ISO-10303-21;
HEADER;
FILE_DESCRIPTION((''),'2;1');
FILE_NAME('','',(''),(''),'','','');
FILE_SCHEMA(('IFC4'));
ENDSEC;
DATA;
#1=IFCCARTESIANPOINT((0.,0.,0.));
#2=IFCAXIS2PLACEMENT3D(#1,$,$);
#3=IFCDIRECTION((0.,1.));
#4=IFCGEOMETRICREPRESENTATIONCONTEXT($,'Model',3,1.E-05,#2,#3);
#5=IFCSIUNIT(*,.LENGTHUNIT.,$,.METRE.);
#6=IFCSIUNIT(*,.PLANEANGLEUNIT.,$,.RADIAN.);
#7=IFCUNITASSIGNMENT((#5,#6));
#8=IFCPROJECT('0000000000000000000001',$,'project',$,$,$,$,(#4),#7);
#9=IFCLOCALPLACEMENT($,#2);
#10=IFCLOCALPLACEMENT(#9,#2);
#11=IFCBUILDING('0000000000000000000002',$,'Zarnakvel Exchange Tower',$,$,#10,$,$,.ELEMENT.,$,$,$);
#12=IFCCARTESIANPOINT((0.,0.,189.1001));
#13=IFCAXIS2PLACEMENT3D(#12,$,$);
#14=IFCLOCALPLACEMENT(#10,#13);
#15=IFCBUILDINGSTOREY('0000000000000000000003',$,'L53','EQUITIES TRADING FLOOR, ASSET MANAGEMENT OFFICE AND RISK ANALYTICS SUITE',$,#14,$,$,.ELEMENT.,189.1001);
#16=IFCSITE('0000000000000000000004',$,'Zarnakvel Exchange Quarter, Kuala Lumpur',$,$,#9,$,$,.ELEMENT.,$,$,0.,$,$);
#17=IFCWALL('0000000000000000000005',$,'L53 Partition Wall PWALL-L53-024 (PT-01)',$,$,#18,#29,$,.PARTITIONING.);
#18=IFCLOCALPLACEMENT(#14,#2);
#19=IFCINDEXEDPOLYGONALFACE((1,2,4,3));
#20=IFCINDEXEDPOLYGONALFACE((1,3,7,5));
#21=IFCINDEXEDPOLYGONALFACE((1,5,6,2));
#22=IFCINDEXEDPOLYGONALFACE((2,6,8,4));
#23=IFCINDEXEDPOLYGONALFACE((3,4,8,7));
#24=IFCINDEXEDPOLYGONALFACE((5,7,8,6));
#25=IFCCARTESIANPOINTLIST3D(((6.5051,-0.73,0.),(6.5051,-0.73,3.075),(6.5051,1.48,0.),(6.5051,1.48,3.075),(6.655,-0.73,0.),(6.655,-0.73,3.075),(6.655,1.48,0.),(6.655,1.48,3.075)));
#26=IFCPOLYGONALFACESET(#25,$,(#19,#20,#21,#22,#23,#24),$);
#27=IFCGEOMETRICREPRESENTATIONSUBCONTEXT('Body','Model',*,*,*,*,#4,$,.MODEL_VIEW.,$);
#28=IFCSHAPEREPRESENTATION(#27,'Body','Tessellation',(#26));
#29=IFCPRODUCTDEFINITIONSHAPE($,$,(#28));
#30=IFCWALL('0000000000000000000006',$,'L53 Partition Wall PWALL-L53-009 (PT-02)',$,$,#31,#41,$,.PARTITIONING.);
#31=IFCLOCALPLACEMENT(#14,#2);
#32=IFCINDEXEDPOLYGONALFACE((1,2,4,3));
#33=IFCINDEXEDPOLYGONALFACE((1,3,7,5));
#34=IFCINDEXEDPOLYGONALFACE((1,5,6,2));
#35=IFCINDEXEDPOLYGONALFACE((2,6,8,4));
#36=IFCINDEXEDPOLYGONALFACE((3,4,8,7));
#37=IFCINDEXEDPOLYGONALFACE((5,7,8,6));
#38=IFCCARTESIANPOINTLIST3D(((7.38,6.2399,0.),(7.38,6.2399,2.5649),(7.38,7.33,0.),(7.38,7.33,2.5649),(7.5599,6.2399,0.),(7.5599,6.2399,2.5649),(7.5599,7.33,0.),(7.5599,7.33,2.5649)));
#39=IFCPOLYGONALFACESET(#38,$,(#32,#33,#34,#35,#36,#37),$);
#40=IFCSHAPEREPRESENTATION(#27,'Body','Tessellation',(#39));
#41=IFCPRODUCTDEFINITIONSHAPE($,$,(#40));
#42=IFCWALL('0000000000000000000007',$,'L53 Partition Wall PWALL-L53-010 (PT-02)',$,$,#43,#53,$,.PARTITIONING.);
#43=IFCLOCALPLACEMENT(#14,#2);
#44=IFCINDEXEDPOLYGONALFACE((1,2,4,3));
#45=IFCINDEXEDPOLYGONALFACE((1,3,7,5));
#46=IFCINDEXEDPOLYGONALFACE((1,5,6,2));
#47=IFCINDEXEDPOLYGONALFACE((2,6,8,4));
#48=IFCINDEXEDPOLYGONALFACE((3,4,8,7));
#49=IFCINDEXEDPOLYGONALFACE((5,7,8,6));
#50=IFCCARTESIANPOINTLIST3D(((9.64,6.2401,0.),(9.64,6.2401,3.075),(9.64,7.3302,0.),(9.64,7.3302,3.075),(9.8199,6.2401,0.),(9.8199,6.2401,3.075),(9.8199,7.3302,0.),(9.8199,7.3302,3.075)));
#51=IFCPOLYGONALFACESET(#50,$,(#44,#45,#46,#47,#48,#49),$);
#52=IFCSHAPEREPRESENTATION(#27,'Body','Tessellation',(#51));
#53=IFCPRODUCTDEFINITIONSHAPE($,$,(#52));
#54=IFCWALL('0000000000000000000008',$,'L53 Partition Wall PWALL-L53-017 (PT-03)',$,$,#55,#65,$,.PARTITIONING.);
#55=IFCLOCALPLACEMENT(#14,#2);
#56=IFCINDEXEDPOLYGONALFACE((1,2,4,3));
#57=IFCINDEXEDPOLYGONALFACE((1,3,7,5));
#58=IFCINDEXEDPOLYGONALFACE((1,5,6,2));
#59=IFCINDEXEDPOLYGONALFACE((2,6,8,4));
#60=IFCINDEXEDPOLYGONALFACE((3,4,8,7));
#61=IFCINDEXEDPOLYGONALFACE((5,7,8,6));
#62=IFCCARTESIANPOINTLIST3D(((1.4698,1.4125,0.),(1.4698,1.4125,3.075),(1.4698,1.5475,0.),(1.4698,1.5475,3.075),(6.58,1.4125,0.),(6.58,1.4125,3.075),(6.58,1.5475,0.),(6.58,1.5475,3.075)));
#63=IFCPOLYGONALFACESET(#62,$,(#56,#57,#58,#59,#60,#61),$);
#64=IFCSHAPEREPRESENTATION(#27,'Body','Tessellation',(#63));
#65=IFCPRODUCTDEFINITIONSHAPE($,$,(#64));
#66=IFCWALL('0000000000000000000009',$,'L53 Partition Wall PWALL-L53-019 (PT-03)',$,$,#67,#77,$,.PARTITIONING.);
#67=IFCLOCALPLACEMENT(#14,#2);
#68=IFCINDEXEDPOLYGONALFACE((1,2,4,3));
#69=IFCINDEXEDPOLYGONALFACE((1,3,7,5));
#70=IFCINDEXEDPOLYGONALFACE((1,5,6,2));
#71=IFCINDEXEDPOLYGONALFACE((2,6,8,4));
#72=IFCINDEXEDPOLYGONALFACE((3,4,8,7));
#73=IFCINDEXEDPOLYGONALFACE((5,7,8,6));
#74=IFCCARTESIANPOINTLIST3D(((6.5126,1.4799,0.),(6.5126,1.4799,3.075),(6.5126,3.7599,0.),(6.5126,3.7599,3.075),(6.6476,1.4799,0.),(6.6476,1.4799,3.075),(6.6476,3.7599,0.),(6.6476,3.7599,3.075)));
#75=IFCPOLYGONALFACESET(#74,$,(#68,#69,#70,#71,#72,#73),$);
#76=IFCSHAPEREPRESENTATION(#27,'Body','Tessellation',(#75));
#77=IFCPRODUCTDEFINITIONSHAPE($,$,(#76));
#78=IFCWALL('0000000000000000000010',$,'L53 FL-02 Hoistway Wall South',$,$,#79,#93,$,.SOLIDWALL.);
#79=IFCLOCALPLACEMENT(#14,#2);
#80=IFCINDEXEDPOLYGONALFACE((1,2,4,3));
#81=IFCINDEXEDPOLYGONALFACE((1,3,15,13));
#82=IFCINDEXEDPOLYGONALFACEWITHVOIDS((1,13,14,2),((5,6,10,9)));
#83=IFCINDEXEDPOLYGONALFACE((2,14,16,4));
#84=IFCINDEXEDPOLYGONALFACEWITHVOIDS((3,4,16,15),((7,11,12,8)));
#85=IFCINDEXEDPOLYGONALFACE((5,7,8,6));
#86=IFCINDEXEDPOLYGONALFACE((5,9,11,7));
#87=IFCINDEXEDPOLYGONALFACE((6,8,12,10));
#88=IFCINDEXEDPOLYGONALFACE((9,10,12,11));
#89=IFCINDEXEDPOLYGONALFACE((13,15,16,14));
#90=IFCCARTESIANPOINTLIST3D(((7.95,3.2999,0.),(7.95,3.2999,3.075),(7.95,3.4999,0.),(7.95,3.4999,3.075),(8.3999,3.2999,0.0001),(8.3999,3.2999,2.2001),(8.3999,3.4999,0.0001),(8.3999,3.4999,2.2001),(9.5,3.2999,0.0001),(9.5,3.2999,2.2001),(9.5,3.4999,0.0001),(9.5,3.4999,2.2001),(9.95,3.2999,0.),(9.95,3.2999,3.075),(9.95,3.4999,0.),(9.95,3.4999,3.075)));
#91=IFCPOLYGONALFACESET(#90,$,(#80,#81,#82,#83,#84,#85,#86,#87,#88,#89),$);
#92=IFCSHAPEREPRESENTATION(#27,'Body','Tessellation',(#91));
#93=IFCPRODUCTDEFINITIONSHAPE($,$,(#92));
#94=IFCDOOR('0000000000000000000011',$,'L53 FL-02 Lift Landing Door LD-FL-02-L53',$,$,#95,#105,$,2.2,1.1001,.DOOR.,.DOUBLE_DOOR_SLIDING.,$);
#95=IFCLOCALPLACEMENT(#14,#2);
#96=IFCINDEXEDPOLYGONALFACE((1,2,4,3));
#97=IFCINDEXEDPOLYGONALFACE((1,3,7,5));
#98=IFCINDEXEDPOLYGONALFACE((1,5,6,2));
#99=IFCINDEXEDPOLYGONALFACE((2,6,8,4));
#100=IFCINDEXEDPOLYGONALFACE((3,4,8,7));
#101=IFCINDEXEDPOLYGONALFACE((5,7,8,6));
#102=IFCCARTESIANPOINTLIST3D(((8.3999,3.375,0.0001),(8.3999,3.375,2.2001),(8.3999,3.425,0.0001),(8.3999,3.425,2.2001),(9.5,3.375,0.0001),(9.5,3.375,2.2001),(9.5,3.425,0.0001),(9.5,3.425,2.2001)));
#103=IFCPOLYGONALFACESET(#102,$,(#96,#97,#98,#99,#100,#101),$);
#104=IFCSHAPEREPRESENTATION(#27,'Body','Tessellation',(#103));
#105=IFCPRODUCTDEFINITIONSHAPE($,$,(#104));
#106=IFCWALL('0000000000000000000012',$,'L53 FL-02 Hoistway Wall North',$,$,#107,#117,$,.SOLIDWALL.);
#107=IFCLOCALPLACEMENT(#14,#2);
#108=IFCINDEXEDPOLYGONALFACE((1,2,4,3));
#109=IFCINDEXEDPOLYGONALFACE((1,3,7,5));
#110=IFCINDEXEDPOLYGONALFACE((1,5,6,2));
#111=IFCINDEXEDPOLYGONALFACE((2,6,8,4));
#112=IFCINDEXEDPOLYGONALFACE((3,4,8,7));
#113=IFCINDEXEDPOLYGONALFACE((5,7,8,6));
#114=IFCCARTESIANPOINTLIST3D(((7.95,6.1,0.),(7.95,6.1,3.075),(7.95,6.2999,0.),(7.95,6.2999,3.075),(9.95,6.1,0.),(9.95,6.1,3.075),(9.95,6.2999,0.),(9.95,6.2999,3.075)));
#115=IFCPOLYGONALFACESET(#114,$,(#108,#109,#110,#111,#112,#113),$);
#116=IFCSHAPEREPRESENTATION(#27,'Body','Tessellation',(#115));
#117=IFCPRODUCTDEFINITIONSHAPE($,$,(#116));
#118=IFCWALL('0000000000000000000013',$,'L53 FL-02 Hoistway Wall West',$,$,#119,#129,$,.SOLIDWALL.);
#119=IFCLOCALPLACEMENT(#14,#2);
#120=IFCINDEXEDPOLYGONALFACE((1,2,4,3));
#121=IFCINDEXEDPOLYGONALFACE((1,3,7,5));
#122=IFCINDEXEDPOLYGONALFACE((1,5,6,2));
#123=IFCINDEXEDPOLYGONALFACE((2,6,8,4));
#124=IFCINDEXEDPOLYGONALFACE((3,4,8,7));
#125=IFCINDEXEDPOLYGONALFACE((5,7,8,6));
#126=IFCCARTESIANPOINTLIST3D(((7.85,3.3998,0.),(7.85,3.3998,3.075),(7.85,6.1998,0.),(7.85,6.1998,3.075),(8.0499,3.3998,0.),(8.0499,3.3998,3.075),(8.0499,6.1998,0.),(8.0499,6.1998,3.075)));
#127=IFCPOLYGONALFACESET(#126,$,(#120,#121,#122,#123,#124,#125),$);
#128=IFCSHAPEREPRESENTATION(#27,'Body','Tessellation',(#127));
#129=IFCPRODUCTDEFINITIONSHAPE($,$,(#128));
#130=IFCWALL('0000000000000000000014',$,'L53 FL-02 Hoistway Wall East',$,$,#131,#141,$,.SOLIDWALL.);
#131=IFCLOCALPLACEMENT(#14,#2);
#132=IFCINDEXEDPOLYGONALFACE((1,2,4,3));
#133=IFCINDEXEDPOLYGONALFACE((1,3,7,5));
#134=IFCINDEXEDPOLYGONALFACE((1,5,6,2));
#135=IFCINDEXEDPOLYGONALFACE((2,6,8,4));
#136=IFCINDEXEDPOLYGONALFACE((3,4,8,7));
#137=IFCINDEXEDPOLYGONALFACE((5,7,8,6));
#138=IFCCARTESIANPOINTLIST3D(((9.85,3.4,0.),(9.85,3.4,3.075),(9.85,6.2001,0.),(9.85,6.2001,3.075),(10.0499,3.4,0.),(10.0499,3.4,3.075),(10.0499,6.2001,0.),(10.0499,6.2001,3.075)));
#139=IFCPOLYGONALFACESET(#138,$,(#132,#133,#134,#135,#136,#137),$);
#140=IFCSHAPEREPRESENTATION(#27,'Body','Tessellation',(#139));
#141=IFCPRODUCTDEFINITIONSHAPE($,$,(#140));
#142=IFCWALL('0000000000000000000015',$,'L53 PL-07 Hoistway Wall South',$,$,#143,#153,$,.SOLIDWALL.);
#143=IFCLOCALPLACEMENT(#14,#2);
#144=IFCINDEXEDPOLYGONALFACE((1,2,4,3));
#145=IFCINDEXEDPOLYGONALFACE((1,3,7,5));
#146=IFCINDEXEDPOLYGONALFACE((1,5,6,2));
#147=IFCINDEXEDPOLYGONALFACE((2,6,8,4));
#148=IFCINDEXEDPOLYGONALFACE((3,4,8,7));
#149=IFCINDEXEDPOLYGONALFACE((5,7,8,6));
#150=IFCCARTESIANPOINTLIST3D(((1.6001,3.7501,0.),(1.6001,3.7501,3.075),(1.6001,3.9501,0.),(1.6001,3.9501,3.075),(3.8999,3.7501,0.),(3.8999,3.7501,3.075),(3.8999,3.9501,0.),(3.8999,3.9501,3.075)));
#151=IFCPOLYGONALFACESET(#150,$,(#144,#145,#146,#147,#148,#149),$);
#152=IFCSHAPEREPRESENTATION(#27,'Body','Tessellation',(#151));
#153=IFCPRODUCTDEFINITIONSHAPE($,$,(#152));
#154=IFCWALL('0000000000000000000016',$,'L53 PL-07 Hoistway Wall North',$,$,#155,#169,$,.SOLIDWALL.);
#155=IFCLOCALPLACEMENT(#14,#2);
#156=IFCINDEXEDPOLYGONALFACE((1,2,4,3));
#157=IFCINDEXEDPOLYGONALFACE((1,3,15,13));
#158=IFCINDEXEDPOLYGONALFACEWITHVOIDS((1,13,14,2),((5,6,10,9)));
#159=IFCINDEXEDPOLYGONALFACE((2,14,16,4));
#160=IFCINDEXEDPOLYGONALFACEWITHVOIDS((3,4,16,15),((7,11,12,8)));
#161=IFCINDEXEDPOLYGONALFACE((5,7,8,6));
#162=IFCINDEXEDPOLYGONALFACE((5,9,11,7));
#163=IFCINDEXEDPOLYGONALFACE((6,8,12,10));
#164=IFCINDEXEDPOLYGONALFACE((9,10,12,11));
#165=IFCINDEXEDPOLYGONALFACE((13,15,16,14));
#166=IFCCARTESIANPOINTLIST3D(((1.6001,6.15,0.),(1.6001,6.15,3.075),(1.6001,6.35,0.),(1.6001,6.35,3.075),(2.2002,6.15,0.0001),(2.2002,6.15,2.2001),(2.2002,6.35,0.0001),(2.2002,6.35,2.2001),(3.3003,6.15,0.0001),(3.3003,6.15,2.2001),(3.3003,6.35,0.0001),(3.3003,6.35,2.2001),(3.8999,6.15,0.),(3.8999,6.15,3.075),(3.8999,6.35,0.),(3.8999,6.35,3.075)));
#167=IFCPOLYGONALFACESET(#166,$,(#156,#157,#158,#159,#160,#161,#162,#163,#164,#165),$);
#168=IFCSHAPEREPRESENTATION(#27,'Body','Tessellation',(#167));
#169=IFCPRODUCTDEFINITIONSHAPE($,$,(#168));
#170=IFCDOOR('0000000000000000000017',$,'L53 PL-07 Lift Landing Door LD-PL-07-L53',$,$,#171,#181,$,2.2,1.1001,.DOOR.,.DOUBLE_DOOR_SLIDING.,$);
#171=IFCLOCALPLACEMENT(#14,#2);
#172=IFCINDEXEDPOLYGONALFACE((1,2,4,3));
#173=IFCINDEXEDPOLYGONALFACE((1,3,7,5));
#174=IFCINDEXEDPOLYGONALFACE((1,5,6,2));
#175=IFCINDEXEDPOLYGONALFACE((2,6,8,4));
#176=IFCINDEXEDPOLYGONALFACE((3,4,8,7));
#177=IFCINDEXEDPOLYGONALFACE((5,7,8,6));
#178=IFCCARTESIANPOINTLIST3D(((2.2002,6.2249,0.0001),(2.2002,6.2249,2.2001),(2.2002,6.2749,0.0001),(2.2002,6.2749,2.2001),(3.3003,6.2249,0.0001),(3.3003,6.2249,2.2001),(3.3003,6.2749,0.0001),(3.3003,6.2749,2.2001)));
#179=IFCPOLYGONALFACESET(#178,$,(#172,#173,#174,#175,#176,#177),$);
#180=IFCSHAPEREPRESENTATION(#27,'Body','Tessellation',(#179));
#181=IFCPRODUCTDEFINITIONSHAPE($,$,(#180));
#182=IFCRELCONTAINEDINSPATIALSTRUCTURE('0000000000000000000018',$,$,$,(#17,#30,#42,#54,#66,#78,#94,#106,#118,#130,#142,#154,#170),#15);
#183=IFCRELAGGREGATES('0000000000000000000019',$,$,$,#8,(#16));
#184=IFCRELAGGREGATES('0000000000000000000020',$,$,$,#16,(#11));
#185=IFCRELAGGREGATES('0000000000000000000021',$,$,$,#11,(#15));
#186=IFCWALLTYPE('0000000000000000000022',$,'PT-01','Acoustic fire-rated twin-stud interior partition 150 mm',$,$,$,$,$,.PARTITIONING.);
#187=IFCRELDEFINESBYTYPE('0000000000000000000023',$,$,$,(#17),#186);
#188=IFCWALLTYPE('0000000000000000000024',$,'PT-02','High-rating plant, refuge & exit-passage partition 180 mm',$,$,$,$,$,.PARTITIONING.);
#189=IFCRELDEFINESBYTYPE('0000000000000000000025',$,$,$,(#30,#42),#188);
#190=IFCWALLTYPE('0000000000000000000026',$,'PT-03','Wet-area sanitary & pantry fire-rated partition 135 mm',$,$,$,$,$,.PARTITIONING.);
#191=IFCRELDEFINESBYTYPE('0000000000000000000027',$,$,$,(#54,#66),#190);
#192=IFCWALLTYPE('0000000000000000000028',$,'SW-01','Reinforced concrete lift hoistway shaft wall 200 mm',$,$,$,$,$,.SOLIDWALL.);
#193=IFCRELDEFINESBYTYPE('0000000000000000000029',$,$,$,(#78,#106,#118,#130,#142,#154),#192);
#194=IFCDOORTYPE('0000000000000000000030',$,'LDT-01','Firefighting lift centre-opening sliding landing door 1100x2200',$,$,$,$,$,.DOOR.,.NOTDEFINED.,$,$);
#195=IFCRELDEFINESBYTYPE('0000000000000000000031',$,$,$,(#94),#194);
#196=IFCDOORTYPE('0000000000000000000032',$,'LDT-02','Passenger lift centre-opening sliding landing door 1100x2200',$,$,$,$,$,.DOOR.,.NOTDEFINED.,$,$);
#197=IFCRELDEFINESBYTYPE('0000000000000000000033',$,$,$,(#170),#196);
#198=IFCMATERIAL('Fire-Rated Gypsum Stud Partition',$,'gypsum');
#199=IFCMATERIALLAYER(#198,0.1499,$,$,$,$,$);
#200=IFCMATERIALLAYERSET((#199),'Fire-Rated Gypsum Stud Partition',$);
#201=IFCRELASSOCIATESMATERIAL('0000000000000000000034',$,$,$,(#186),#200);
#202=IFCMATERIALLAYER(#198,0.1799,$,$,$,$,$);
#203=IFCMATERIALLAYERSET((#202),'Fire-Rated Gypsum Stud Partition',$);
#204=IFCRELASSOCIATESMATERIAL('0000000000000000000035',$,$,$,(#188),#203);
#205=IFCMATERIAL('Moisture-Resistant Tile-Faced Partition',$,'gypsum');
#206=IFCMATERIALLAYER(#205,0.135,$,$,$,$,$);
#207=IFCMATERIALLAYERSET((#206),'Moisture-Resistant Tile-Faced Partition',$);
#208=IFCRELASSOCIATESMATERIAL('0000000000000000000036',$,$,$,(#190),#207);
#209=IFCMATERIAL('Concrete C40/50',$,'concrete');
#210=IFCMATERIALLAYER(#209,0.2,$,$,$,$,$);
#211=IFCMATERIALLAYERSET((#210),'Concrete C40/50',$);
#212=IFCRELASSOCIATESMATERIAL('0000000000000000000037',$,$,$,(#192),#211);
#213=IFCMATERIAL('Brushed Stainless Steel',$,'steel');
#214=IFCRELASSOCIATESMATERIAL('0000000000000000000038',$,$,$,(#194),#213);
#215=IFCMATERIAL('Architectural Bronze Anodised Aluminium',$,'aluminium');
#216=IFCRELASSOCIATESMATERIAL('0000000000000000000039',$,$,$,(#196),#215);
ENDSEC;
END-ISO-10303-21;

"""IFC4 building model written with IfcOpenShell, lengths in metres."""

from ifc_helpers import new_model, si_unit, direction, frame, frame_2d, origin, place, context, subcontext, project, spatial, rectangle, extrude, source, transform, mapped, material, layer, layer_set, type_object, element, fill, save


model = new_model("IFC4")

# Units and contexts
model_context = context("Model", 3, precision=1e-05, world=origin(), true_north=direction((0.0, 1.0)))
body_context = subcontext(model_context, "Body", "Model", "MODEL_VIEW")
ifc_project = project(units=[si_unit("LENGTHUNIT", "METRE"), si_unit("PLANEANGLEUNIT", "RADIAN")], contexts=[model_context])

# Site, building, storey
site_placement = place(None, origin())
site = spatial("IfcSite", under=ifc_project, at=site_placement, Name="Zarnakvel Exchange Quarter, Kuala Lumpur", CompositionType="ELEMENT", RefElevation=0.0)
building_placement = place(site_placement, origin())
building = spatial("IfcBuilding", under=site, at=building_placement, Name="Zarnakvel Exchange Tower", CompositionType="ELEMENT")
storey_placement = place(building_placement, frame((0.0, 0.0, 189.1001)))
storey = spatial("IfcBuildingStorey", under=building, at=storey_placement, Name="L53", Description="EQUITIES TRADING FLOOR, ASSET MANAGEMENT OFFICE AND RISK ANALYTICS SUITE", CompositionType="ELEMENT", Elevation=189.1001)

# Walls
ifc_material_1 = material(Name="Fire-Rated Gypsum Stud Partition", Category="gypsum")
ifc_layer_1 = layer(ifc_material_1, 0.1499)
ifc_layer_set_1 = layer_set([ifc_layer_1], Name="Fire-Rated Gypsum Stud Partition")
wall_type_1 = type_object("IfcWallType", Name="PT-01", Description="Acoustic fire-rated twin-stud interior partition 150 mm", PredefinedType="PARTITIONING", material=ifc_layer_set_1)
wall_1_placement = place(storey_placement, frame((6.5801, 1.48, 0.0), z_axis=(0.0, 0.0, 1.0), x_axis=(0.0, -1.0, 0.0)))
element("IfcWall", 1, at=wall_1_placement, inside=storey, type_object=wall_type_1, Name="L53 Partition Wall PWALL-L53-024 (PT-01)", PredefinedType="PARTITIONING", context=body_context, shape_type="SweptSolid", body=[
    extrude(rectangle(XDim=2.21, YDim=0.1499, at=frame_2d((1.105, 0.0))), origin(), (0.0, 0.0, 1.0), 3.075),
])
ifc_layer_2 = layer(ifc_material_1, 0.1799)
ifc_layer_set_2 = layer_set([ifc_layer_2], Name="Fire-Rated Gypsum Stud Partition")
wall_type_2 = type_object("IfcWallType", Name="PT-02", Description="High-rating plant, refuge & exit-passage partition 180 mm", PredefinedType="PARTITIONING", material=ifc_layer_set_2)
wall_2_placement = place(storey_placement, frame((7.47, 6.24, 0.0), z_axis=(0.0, 0.0, 1.0), x_axis=(0.0, 1.0, 0.0)))
element("IfcWall", 2, at=wall_2_placement, inside=storey, type_object=wall_type_2, Name="L53 Partition Wall PWALL-L53-009 (PT-02)", PredefinedType="PARTITIONING", context=body_context, shape_type="SweptSolid", body=[
    extrude(rectangle(XDim=1.0901, YDim=0.1799, at=frame_2d((0.5449, 0.0))), origin(), (0.0, 0.0, 1.0), 2.5649),
])
wall_3_placement = place(storey_placement, frame((9.73, 7.3301, 0.0), z_axis=(0.0, 0.0, 1.0), x_axis=(0.0, -1.0, 0.0)))
element("IfcWall", 3, at=wall_3_placement, inside=storey, type_object=wall_type_2, Name="L53 Partition Wall PWALL-L53-010 (PT-02)", PredefinedType="PARTITIONING", context=body_context, shape_type="SweptSolid", body=[
    extrude(rectangle(XDim=1.0901, YDim=0.1799, at=frame_2d((0.5449, 0.0))), origin(), (0.0, 0.0, 1.0), 3.075),
])
ifc_material_2 = material(Name="Moisture-Resistant Tile-Faced Partition", Category="gypsum")
ifc_layer_3 = layer(ifc_material_2, 0.135)
ifc_layer_set_3 = layer_set([ifc_layer_3], Name="Moisture-Resistant Tile-Faced Partition")
wall_type_3 = type_object("IfcWallType", Name="PT-03", Description="Wet-area sanitary & pantry fire-rated partition 135 mm", PredefinedType="PARTITIONING", material=ifc_layer_set_3)
wall_4_placement = place(storey_placement, frame((6.5801, 1.48, 0.0), z_axis=(0.0, 0.0, 1.0), x_axis=(-1.0, 0.0, 0.0)))
element("IfcWall", 4, at=wall_4_placement, inside=storey, type_object=wall_type_3, Name="L53 Partition Wall PWALL-L53-017 (PT-03)", PredefinedType="PARTITIONING", context=body_context, shape_type="SweptSolid", body=[
    extrude(rectangle(XDim=5.1101, YDim=0.135, at=frame_2d((2.5552, 0.0))), origin(), (0.0, 0.0, 1.0), 3.075),
])
wall_5_placement = place(storey_placement, frame((6.5801, 3.76, 0.0), z_axis=(0.0, 0.0, 1.0), x_axis=(0.0, -1.0, 0.0)))
element("IfcWall", 5, at=wall_5_placement, inside=storey, type_object=wall_type_3, Name="L53 Partition Wall PWALL-L53-019 (PT-03)", PredefinedType="PARTITIONING", context=body_context, shape_type="SweptSolid", body=[
    extrude(rectangle(XDim=2.28, YDim=0.135, at=frame_2d((1.1401, 0.0))), origin(), (0.0, 0.0, 1.0), 3.075),
])

# Wall, opening, door
ifc_material_3 = material(Name="Concrete C40/50", Category="concrete")
ifc_layer_4 = layer(ifc_material_3, 0.2)
ifc_layer_set_4 = layer_set([ifc_layer_4], Name="Concrete C40/50")
wall_type_4 = type_object("IfcWallType", Name="SW-01", Description="Reinforced concrete lift hoistway shaft wall 200 mm", PredefinedType="SOLIDWALL", material=ifc_layer_set_4)
wall_6_placement = place(storey_placement, frame((9.95, 3.3999, 0.0), z_axis=(0.0, 0.0, 1.0), x_axis=(-1.0, 0.0, 0.0)))
wall_6 = element("IfcWall", 6, at=wall_6_placement, inside=storey, type_object=wall_type_4, Name="L53 FL-02 Hoistway Wall South", PredefinedType="SOLIDWALL", context=body_context, shape_type="SweptSolid", body=[
    extrude(rectangle(XDim=2.0, YDim=0.2, at=frame_2d((1.0, 0.0))), origin(), (0.0, 0.0, 1.0), 3.075),
])
opening_1_placement = place(wall_6_placement, frame((0.45, 0.0, 0.0)))
opening_1 = element("IfcOpeningElement", 7, at=opening_1_placement, cuts=wall_6, PredefinedType="OPENING", context=body_context, shape_type="SweptSolid", body=[
    extrude(rectangle(XDim=1.1001, YDim=2.2, at=frame_2d((0.55, 1.1001))), frame((0.0, 0.1099, 0.0), z_axis=(0.0, -1.0, 0.0), x_axis=(1.0, 0.0, 0.0)), (0.0, 0.0, 1.0), 0.22),
])
ifc_material_4 = material(Name="Brushed Stainless Steel", Category="steel")
door_type_1 = type_object("IfcDoorType", Name="LDT-01", Description="Firefighting lift centre-opening sliding landing door 1100x2200", OperationType="NOTDEFINED", PredefinedType="DOOR", material=ifc_material_4)
shared_shape_1 = source(origin(), body_context, "Body", "SweptSolid", [
    extrude(rectangle(XDim=1.1001, YDim=2.2, at=frame_2d((0.55, 1.1001))), frame((0.0, 0.0249, 0.0), z_axis=(0.0, -1.0, 0.0), x_axis=(1.0, 0.0, 0.0)), (0.0, 0.0, 1.0), 0.05),
])
door_1_placement = place(opening_1_placement, origin())
door_1 = element("IfcDoor", 8, at=door_1_placement, inside=storey, type_object=door_type_1, Name="L53 FL-02 Lift Landing Door LD-FL-02-L53", OperationType="DOUBLE_DOOR_SLIDING", OverallHeight=2.2, OverallWidth=1.1001, PredefinedType="DOOR", context=body_context, shape_type="MappedRepresentation", body=[
    mapped(shared_shape_1, transform((0.0, 0.0, 0.0), x_axis=(1.0, 0.0, 0.0), y_axis=(0.0, 1.0, 0.0), z_axis=(0.0, 0.0, 1.0), scale=1.0)),
])
fill(opening_1, door_1)

# Walls
wall_7_placement = place(storey_placement, frame((7.95, 6.2, 0.0), z_axis=(0.0, 0.0, 1.0), x_axis=(1.0, 0.0, 0.0)))
element("IfcWall", 9, at=wall_7_placement, inside=storey, type_object=wall_type_4, Name="L53 FL-02 Hoistway Wall North", PredefinedType="SOLIDWALL", context=body_context, shape_type="SweptSolid", body=[
    extrude(rectangle(XDim=2.0, YDim=0.2, at=frame_2d((1.0, 0.0))), origin(), (0.0, 0.0, 1.0), 3.075),
])
for number, where, z_axis, x_axis, name in (
    (10, (7.95, 3.3999, 0.0), (0.0, 0.0, 1.0), (0.0, 1.0, 0.0), "L53 FL-02 Hoistway Wall West"),
    (11, (9.95, 6.2, 0.0), (0.0, 0.0, 1.0), (0.0, -1.0, 0.0), "L53 FL-02 Hoistway Wall East"),
):
    element("IfcWall", number, at=place(storey_placement, frame(where, z_axis=z_axis, x_axis=x_axis)), inside=storey, type_object=wall_type_4, Name=name, PredefinedType="SOLIDWALL", context=body_context, shape_type="SweptSolid", body=[
        extrude(rectangle(XDim=2.8, YDim=0.2, at=frame_2d((1.3999, 0.0))), origin(), (0.0, 0.0, 1.0), 3.075),
    ])
wall_8_placement = place(storey_placement, frame((3.8999, 3.8501, 0.0), z_axis=(0.0, 0.0, 1.0), x_axis=(-1.0, 0.0, 0.0)))
element("IfcWall", 12, at=wall_8_placement, inside=storey, type_object=wall_type_4, Name="L53 PL-07 Hoistway Wall South", PredefinedType="SOLIDWALL", context=body_context, shape_type="SweptSolid", body=[
    extrude(rectangle(XDim=2.2998, YDim=0.2, at=frame_2d((1.1499, 0.0))), origin(), (0.0, 0.0, 1.0), 3.075),
])

# Wall, opening, door
wall_9_placement = place(storey_placement, frame((1.6001, 6.25, 0.0), z_axis=(0.0, 0.0, 1.0), x_axis=(1.0, 0.0, 0.0)))
wall_9 = element("IfcWall", 13, at=wall_9_placement, inside=storey, type_object=wall_type_4, Name="L53 PL-07 Hoistway Wall North", PredefinedType="SOLIDWALL", context=body_context, shape_type="SweptSolid", body=[
    extrude(rectangle(XDim=2.2998, YDim=0.2, at=frame_2d((1.1499, 0.0))), origin(), (0.0, 0.0, 1.0), 3.075),
])
opening_2_placement = place(wall_9_placement, frame((0.6001, 0.0, 0.0)))
opening_2 = element("IfcOpeningElement", 14, at=opening_2_placement, cuts=wall_9, PredefinedType="OPENING", context=body_context, shape_type="SweptSolid", body=[
    extrude(rectangle(XDim=1.1001, YDim=2.2, at=frame_2d((0.55, 1.1001))), frame((0.0, 0.1099, 0.0), z_axis=(0.0, -1.0, 0.0), x_axis=(1.0, 0.0, 0.0)), (0.0, 0.0, 1.0), 0.22),
])
ifc_material_5 = material(Name="Architectural Bronze Anodised Aluminium", Category="aluminium")
door_type_2 = type_object("IfcDoorType", Name="LDT-02", Description="Passenger lift centre-opening sliding landing door 1100x2200", OperationType="NOTDEFINED", PredefinedType="DOOR", material=ifc_material_5)
door_2_placement = place(opening_2_placement, origin())
door_2 = element("IfcDoor", 15, at=door_2_placement, inside=storey, type_object=door_type_2, Name="L53 PL-07 Lift Landing Door LD-PL-07-L53", OperationType="DOUBLE_DOOR_SLIDING", OverallHeight=2.2, OverallWidth=1.1001, PredefinedType="DOOR", context=body_context, shape_type="MappedRepresentation", body=[
    mapped(shared_shape_1, transform((0.0, 0.0, 0.0), x_axis=(1.0, 0.0, 0.0), y_axis=(0.0, 1.0, 0.0), z_axis=(0.0, 0.0, 1.0), scale=1.0)),
])
fill(opening_2, door_2)

save(model, "model.ifc")
